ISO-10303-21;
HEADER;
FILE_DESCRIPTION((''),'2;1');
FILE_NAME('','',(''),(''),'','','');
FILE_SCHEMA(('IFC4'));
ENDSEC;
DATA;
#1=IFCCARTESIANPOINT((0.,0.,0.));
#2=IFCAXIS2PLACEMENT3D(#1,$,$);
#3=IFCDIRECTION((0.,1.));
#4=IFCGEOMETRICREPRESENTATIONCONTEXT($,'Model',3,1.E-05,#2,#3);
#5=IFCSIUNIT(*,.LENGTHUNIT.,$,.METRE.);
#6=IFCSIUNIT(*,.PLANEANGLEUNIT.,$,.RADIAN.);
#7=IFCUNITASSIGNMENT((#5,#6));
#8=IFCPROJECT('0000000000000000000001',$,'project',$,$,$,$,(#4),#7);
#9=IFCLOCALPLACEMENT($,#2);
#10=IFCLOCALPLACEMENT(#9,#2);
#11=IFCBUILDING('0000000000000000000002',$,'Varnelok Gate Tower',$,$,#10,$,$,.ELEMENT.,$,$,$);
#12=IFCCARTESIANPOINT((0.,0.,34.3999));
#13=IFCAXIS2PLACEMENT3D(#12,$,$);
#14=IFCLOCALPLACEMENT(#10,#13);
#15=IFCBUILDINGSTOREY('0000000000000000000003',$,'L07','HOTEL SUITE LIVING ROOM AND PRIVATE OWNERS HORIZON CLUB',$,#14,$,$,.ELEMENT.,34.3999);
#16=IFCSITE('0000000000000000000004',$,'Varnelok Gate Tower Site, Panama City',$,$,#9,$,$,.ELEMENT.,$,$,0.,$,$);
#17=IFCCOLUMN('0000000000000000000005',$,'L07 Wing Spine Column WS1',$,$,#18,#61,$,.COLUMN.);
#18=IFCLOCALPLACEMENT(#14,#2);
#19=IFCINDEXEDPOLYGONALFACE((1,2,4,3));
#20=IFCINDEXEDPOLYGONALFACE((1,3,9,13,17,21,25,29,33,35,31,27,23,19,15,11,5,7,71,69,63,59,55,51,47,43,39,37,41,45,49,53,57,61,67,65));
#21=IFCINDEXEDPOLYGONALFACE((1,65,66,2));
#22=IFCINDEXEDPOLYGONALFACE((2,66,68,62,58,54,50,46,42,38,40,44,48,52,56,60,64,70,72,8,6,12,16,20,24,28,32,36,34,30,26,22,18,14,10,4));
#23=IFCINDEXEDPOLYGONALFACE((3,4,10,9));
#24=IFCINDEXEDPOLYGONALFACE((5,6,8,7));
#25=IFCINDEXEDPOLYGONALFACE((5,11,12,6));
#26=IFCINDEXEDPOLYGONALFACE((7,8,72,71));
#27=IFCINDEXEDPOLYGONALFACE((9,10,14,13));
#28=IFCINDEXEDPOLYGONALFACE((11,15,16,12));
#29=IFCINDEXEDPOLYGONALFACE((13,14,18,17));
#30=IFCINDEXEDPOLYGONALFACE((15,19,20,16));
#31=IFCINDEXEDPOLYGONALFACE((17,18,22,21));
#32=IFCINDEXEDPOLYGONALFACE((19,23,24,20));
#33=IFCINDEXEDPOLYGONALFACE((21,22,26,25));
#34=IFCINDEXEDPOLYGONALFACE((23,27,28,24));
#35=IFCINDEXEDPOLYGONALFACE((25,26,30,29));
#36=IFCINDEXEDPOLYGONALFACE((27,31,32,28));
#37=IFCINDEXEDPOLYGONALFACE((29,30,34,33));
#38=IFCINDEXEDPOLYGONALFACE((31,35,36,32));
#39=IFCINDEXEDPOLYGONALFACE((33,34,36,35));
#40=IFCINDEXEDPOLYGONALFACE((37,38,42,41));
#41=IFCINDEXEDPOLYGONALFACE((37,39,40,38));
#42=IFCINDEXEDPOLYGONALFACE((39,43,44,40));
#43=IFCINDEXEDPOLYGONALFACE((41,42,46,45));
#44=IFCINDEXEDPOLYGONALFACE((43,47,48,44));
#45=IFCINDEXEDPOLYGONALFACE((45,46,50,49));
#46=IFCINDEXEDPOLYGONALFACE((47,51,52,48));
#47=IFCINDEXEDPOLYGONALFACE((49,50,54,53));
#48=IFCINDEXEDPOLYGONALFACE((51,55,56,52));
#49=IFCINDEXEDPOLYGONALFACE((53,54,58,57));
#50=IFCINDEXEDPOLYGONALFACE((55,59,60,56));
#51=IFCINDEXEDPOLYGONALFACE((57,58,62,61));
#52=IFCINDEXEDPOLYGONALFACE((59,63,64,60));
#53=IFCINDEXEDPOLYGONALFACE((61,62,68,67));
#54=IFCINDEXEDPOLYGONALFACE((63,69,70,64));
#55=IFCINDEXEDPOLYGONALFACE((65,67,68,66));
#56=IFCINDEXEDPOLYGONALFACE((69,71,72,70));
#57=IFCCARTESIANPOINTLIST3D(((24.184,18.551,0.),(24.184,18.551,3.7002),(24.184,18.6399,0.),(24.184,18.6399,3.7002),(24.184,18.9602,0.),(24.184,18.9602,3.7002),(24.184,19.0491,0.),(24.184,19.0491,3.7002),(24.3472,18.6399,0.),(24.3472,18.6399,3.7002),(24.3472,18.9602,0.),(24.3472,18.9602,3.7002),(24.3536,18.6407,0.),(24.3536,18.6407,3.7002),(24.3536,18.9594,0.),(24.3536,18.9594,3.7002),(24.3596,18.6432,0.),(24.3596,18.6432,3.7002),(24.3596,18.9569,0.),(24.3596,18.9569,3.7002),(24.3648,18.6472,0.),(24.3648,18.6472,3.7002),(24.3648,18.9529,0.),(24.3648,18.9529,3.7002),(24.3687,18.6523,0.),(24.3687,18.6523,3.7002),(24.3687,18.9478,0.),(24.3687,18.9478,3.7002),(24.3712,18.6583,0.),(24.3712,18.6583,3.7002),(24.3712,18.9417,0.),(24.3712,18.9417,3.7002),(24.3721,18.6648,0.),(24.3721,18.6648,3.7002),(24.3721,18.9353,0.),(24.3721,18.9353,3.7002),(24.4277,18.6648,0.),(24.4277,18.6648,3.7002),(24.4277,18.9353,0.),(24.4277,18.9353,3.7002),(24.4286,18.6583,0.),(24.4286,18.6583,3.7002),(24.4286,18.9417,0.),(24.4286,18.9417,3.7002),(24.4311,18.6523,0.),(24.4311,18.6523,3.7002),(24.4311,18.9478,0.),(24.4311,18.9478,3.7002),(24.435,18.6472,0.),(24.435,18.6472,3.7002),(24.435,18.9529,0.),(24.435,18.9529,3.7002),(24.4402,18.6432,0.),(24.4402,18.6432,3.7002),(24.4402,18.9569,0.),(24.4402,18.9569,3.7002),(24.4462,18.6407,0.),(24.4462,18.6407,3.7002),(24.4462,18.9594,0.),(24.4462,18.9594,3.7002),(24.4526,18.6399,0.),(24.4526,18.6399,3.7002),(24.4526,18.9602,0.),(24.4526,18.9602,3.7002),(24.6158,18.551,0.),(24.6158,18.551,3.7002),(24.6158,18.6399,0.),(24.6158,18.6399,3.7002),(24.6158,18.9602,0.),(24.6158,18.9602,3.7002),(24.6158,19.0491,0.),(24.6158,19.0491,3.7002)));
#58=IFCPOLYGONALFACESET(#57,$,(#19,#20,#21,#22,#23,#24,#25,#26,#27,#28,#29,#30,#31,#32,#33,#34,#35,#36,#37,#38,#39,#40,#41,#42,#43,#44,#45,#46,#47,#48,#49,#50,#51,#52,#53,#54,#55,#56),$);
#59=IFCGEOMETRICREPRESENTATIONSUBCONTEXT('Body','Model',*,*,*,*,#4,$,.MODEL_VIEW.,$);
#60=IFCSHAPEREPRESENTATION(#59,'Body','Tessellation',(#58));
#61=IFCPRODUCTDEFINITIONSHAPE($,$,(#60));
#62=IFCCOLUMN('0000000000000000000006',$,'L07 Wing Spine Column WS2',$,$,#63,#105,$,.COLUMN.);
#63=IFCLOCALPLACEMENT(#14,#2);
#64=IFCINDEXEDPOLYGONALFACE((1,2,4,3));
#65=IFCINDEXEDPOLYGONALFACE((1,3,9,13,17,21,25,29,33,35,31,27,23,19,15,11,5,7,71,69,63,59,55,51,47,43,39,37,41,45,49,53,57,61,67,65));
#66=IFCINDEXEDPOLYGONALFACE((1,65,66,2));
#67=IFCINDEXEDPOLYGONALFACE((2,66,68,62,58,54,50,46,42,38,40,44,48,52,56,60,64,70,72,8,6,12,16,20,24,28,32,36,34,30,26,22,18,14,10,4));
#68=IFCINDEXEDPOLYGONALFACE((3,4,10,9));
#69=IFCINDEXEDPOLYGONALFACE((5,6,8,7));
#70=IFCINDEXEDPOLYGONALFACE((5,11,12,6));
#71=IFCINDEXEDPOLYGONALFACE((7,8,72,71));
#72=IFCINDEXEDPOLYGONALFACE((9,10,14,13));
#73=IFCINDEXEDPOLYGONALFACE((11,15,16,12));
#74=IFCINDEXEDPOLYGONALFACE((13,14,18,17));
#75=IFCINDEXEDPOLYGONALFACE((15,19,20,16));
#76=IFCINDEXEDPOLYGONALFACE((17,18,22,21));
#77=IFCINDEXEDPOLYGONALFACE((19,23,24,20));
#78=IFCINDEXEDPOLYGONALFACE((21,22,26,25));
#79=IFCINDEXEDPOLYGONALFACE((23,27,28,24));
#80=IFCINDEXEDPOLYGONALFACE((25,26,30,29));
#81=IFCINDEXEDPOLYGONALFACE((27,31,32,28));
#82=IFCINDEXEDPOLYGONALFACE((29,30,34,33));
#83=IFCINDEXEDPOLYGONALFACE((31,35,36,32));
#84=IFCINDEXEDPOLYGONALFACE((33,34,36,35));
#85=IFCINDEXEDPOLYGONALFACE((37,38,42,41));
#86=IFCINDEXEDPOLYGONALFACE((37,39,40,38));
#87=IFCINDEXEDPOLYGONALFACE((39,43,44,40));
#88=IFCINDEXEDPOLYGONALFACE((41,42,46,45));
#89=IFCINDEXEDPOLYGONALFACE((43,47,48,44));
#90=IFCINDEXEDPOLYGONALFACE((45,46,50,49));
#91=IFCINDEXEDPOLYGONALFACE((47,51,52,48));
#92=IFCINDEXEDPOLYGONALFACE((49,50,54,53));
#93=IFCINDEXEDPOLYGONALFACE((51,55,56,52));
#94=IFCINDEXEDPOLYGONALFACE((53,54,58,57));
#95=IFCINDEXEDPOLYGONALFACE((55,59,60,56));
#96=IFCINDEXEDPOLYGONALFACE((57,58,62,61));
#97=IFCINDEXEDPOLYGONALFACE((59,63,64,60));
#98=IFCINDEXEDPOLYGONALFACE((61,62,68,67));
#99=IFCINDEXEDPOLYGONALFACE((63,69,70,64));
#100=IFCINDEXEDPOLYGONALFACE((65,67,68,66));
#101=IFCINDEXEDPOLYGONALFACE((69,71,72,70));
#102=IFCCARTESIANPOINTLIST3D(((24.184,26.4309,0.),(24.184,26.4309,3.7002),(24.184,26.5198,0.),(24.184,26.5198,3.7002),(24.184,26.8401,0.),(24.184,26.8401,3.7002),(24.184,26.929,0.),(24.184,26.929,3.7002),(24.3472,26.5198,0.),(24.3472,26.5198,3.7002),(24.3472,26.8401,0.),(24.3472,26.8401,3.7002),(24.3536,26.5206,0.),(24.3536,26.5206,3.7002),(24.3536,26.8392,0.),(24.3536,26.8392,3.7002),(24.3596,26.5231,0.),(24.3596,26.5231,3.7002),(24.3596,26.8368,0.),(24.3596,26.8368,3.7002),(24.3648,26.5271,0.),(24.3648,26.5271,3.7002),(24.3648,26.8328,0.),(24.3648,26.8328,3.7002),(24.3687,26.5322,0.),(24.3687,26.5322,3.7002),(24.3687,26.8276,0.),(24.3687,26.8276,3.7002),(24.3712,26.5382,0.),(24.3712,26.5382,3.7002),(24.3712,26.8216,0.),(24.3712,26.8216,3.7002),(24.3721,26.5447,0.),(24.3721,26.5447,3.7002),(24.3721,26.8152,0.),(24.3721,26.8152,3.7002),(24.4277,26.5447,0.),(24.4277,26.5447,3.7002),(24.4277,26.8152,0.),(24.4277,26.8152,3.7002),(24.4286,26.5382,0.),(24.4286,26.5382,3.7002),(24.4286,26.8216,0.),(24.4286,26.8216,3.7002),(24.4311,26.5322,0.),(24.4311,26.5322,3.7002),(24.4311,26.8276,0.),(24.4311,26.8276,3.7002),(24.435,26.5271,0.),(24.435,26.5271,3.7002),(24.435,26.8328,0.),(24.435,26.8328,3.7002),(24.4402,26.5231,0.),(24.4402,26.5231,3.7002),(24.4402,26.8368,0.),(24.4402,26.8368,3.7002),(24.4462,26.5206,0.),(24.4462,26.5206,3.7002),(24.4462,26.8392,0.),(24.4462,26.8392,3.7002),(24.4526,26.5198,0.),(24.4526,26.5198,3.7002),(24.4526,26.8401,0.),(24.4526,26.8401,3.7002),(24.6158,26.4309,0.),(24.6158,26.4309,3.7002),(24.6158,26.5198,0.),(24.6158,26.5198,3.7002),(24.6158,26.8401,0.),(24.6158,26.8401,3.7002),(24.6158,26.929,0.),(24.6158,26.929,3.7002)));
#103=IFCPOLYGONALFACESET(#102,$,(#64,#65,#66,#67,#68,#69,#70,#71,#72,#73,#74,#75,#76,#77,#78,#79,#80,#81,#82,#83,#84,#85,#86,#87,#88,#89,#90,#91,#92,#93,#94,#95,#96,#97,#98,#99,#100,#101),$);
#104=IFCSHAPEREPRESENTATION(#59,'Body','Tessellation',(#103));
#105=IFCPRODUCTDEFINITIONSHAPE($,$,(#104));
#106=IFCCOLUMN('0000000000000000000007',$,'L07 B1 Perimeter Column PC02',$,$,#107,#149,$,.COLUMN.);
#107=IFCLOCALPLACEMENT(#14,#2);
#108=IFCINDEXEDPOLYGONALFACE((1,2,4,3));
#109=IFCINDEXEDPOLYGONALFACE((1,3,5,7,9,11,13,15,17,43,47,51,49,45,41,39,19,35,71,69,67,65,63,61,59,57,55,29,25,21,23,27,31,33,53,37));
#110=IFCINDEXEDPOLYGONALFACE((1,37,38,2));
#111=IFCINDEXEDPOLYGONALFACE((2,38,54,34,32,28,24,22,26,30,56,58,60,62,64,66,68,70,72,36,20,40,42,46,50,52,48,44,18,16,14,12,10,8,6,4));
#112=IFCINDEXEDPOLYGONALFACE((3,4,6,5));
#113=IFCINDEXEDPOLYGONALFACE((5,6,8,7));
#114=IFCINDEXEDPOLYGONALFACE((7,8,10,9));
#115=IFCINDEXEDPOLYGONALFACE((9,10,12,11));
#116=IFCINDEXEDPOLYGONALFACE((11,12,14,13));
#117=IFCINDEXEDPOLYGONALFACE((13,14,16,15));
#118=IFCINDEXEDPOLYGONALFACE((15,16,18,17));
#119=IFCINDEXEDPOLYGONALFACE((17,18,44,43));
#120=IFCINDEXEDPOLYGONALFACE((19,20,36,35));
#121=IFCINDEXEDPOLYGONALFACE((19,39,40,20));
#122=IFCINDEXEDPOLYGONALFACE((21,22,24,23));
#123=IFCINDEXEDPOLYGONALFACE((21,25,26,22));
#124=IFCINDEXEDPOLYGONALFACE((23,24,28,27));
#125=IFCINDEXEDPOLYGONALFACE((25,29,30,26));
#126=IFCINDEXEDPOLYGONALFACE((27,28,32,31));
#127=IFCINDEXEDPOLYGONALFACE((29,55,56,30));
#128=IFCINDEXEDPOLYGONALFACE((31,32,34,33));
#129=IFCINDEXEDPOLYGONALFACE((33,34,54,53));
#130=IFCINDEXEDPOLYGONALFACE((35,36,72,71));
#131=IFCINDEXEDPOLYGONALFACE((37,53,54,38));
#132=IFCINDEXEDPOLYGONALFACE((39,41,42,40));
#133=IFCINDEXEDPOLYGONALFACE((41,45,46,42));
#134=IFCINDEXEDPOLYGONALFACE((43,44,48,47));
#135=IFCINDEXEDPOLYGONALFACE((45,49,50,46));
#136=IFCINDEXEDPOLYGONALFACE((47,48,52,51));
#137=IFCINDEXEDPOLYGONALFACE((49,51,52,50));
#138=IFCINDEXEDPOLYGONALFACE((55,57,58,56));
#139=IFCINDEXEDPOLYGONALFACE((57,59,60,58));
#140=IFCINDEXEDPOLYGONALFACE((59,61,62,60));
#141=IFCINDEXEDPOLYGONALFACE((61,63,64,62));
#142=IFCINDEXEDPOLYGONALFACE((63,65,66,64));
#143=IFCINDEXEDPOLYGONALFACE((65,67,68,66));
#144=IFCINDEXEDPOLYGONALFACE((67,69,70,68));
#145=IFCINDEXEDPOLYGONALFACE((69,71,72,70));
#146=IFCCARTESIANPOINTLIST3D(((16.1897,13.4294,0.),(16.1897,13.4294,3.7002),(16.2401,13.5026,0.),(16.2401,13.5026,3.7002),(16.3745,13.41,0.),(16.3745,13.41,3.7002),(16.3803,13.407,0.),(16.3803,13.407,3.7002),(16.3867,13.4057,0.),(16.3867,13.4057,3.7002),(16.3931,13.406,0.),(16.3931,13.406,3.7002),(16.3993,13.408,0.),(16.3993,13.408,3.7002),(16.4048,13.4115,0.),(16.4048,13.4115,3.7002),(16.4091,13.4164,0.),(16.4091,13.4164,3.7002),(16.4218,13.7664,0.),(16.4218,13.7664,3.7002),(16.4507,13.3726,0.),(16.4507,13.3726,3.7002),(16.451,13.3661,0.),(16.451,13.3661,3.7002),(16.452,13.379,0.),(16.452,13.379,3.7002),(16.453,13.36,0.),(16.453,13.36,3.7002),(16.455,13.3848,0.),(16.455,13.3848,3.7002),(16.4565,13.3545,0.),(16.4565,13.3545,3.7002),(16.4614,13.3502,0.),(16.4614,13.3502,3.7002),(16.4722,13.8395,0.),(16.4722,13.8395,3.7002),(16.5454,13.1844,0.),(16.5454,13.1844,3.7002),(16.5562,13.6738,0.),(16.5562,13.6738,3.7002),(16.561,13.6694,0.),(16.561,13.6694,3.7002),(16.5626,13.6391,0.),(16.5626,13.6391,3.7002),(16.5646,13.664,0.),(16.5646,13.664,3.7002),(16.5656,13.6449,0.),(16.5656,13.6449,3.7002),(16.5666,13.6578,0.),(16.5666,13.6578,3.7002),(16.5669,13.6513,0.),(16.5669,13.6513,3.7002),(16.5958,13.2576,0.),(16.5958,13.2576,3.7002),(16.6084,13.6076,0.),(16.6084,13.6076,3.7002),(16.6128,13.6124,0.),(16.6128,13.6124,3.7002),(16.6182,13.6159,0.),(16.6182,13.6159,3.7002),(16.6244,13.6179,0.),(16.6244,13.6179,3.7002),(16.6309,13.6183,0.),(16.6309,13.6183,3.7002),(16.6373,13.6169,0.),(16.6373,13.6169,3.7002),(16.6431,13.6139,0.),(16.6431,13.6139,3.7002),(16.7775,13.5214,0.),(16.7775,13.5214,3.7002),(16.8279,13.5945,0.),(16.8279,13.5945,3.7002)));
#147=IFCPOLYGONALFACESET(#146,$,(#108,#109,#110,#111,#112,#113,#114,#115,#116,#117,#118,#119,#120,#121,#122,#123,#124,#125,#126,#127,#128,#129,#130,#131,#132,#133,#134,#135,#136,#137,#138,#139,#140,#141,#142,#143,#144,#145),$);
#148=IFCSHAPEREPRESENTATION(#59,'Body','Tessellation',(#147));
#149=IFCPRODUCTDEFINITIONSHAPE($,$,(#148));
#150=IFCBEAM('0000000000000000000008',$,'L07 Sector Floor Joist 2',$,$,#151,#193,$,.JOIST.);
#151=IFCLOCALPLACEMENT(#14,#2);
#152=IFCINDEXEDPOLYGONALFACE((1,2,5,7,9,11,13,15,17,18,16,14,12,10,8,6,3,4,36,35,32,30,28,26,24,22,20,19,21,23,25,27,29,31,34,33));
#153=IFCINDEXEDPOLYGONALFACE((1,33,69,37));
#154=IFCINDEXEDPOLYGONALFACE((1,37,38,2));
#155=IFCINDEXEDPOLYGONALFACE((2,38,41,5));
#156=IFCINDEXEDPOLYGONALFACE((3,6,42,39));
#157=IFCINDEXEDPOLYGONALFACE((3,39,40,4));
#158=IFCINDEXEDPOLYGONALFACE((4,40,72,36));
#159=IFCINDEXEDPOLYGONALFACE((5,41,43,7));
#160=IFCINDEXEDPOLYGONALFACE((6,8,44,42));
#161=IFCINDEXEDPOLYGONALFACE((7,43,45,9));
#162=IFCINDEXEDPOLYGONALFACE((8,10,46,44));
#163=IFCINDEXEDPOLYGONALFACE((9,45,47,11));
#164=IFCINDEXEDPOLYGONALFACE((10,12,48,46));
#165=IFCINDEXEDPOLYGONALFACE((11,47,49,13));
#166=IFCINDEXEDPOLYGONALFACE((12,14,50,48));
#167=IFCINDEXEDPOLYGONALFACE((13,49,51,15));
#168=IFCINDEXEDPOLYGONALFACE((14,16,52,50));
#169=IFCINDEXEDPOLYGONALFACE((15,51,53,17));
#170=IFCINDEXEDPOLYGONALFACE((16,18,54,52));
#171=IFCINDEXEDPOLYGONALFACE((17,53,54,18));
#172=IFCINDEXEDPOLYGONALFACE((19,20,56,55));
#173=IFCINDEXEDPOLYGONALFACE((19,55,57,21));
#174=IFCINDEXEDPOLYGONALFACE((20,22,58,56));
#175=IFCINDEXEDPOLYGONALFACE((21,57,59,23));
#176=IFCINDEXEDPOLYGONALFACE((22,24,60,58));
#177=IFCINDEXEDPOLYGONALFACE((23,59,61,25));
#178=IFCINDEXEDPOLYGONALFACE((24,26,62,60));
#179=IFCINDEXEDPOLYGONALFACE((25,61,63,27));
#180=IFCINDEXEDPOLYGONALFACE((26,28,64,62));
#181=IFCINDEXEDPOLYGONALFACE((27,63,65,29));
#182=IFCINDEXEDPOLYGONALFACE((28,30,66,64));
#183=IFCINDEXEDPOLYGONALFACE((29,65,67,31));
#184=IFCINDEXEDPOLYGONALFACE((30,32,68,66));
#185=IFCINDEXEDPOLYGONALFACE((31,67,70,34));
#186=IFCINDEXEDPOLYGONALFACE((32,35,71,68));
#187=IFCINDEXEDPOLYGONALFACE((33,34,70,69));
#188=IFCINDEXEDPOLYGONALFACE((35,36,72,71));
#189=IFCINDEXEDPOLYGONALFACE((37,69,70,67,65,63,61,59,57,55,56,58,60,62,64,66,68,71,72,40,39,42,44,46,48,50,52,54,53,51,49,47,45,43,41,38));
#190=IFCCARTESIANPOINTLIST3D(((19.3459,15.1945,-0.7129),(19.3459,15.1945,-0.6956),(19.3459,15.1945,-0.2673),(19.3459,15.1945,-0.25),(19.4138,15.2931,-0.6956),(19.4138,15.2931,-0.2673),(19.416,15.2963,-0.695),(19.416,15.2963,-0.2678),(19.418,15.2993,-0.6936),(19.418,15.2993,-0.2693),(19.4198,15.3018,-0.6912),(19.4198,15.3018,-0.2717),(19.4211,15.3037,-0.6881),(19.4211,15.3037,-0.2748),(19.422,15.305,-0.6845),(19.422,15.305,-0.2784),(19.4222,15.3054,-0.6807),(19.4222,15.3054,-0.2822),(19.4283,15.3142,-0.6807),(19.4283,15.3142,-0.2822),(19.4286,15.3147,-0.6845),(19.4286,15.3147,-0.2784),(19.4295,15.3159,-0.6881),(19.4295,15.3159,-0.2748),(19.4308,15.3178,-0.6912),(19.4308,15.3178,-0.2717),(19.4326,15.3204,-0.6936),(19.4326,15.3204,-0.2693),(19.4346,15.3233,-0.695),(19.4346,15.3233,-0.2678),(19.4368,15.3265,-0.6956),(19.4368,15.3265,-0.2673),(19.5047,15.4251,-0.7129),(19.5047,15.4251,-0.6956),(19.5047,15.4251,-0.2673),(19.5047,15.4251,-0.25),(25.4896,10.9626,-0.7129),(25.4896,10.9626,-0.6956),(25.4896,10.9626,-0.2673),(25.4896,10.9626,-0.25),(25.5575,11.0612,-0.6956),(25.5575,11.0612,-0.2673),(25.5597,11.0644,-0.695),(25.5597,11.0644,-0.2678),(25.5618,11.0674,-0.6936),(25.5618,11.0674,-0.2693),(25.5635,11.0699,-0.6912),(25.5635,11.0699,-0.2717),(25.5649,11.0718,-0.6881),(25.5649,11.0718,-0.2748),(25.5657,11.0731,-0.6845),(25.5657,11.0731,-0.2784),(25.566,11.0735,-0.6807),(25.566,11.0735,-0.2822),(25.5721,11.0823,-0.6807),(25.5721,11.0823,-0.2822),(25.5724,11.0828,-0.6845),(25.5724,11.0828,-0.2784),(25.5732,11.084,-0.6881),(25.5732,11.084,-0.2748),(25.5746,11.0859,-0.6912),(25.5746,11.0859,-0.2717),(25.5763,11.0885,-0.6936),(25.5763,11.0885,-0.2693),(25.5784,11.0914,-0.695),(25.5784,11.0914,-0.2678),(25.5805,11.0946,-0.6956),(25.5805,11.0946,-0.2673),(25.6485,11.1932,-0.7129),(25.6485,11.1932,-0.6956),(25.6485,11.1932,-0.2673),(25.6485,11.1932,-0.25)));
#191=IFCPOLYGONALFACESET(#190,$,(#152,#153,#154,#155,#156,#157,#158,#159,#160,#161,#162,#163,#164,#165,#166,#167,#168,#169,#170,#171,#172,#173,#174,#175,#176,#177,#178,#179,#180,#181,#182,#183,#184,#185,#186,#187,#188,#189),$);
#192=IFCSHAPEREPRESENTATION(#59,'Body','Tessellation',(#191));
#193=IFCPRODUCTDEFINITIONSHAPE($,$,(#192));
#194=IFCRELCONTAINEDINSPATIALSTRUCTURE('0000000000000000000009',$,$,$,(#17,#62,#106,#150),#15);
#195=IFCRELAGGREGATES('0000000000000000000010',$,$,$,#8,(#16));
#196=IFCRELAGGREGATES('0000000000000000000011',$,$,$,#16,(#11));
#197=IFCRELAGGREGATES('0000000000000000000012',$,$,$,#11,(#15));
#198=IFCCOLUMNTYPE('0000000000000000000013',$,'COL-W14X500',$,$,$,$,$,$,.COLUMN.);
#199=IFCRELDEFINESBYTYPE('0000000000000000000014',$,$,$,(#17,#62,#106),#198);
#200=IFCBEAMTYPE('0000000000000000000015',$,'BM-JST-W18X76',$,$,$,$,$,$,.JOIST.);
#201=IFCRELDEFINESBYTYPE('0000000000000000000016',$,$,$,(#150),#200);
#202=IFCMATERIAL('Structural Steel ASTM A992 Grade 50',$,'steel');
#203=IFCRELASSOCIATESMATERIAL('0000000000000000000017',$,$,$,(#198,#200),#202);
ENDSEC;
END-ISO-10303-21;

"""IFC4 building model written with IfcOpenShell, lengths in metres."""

from ifc_helpers import new_model, si_unit, direction, frame, origin, origin_2d, place, context, subcontext, project, spatial, i_section, extrude, material, material_profile, profile_set, type_object, element, save


model = new_model("IFC4")

# Units and contexts
model_context = context("Model", 3, precision=1e-05, world=origin(), true_north=direction((0.0, 1.0)))
body_context = subcontext(model_context, "Body", "Model", "MODEL_VIEW")
ifc_project = project(units=[si_unit("LENGTHUNIT", "METRE"), si_unit("PLANEANGLEUNIT", "RADIAN")], contexts=[model_context])

# Site, building, storey
site_placement = place(None, origin())
site = spatial("IfcSite", under=ifc_project, at=site_placement, Name="Varnelok Gate Tower Site, Panama City", CompositionType="ELEMENT", RefElevation=0.0)
building_placement = place(site_placement, origin())
building = spatial("IfcBuilding", under=site, at=building_placement, Name="Varnelok Gate Tower", CompositionType="ELEMENT")
storey_placement = place(building_placement, frame((0.0, 0.0, 34.3999)))
storey = spatial("IfcBuildingStorey", under=building, at=storey_placement, Name="L07", Description="HOTEL SUITE LIVING ROOM AND PRIVATE OWNERS HORIZON CLUB", CompositionType="ELEMENT", Elevation=34.3999)

# Columns
ifc_material_1 = material(Name="Structural Steel ASTM A992 Grade 50", Category="steel")
ifc_material_profile_1 = material_profile(ifc_material_1, i_section(OverallWidth=0.4319, OverallDepth=0.498, WebThickness=0.0557, FlangeThickness=0.0889, FilletRadius=0.0249, at=origin_2d()), Name="W14X500")
ifc_profile_set_1 = profile_set([ifc_material_profile_1], Name="Structural Steel ASTM A992 Grade 50")
column_type = type_object("IfcColumnType", Name="COL-W14X500", PredefinedType="COLUMN", material=ifc_profile_set_1)
for number, where, z_axis, x_axis, name in (
    (1, (24.3999, 18.8, 0.0), (0.0, 0.0, 1.0), (1.0, 0.0, 0.0), "L07 Wing Spine Column WS1"),
    (2, (24.3999, 26.6799, 0.0), (0.0, 0.0, 1.0), (1.0, 0.0, 0.0), "L07 Wing Spine Column WS2"),
    (3, (16.5088, 13.512, 0.0), (0.0, 0.0, 1.0), (0.823533, -0.567269, 0.0), "L07 B1 Perimeter Column PC02"),
):
    element("IfcColumn", number, at=place(storey_placement, frame(where, z_axis=z_axis, x_axis=x_axis)), inside=storey, type_object=column_type, Name=name, PredefinedType="COLUMN", context=body_context, shape_type="SweptSolid", body=[
        extrude(i_section(OverallWidth=0.4319, OverallDepth=0.498, WebThickness=0.0557, FlangeThickness=0.0889, FilletRadius=0.0249, at=origin_2d()), origin(), (0.0, 0.0, 1.0), 3.7002),
    ])

# Beam
ifc_material_profile_2 = material_profile(ifc_material_1, i_section(OverallWidth=0.28, OverallDepth=0.4629, WebThickness=0.0107, FlangeThickness=0.0173, FilletRadius=0.0149, at=origin_2d()), Name="W18X76")
ifc_profile_set_2 = profile_set([ifc_material_profile_2], Name="Structural Steel ASTM A992 Grade 50")
beam_type_1 = type_object("IfcBeamType", Name="BM-JST-W18X76", PredefinedType="JOIST", material=ifc_profile_set_2)
beam_1_placement = place(storey_placement, frame((19.4253, 15.3098, -0.4814), z_axis=(0.823536, -0.567263, 0.0), x_axis=(0.567263, 0.823536, 0.0)))
element("IfcBeam", 4, at=beam_1_placement, inside=storey, type_object=beam_type_1, Name="L07 Sector Floor Joist 2", PredefinedType="JOIST", context=body_context, shape_type="SweptSolid", body=[
    extrude(i_section(OverallWidth=0.28, OverallDepth=0.4629, WebThickness=0.0107, FlangeThickness=0.0173, FilletRadius=0.0149, at=origin_2d()), origin(), (0.0, 0.0, 1.0), 7.4602),
])

save(model, "model.ifc")
